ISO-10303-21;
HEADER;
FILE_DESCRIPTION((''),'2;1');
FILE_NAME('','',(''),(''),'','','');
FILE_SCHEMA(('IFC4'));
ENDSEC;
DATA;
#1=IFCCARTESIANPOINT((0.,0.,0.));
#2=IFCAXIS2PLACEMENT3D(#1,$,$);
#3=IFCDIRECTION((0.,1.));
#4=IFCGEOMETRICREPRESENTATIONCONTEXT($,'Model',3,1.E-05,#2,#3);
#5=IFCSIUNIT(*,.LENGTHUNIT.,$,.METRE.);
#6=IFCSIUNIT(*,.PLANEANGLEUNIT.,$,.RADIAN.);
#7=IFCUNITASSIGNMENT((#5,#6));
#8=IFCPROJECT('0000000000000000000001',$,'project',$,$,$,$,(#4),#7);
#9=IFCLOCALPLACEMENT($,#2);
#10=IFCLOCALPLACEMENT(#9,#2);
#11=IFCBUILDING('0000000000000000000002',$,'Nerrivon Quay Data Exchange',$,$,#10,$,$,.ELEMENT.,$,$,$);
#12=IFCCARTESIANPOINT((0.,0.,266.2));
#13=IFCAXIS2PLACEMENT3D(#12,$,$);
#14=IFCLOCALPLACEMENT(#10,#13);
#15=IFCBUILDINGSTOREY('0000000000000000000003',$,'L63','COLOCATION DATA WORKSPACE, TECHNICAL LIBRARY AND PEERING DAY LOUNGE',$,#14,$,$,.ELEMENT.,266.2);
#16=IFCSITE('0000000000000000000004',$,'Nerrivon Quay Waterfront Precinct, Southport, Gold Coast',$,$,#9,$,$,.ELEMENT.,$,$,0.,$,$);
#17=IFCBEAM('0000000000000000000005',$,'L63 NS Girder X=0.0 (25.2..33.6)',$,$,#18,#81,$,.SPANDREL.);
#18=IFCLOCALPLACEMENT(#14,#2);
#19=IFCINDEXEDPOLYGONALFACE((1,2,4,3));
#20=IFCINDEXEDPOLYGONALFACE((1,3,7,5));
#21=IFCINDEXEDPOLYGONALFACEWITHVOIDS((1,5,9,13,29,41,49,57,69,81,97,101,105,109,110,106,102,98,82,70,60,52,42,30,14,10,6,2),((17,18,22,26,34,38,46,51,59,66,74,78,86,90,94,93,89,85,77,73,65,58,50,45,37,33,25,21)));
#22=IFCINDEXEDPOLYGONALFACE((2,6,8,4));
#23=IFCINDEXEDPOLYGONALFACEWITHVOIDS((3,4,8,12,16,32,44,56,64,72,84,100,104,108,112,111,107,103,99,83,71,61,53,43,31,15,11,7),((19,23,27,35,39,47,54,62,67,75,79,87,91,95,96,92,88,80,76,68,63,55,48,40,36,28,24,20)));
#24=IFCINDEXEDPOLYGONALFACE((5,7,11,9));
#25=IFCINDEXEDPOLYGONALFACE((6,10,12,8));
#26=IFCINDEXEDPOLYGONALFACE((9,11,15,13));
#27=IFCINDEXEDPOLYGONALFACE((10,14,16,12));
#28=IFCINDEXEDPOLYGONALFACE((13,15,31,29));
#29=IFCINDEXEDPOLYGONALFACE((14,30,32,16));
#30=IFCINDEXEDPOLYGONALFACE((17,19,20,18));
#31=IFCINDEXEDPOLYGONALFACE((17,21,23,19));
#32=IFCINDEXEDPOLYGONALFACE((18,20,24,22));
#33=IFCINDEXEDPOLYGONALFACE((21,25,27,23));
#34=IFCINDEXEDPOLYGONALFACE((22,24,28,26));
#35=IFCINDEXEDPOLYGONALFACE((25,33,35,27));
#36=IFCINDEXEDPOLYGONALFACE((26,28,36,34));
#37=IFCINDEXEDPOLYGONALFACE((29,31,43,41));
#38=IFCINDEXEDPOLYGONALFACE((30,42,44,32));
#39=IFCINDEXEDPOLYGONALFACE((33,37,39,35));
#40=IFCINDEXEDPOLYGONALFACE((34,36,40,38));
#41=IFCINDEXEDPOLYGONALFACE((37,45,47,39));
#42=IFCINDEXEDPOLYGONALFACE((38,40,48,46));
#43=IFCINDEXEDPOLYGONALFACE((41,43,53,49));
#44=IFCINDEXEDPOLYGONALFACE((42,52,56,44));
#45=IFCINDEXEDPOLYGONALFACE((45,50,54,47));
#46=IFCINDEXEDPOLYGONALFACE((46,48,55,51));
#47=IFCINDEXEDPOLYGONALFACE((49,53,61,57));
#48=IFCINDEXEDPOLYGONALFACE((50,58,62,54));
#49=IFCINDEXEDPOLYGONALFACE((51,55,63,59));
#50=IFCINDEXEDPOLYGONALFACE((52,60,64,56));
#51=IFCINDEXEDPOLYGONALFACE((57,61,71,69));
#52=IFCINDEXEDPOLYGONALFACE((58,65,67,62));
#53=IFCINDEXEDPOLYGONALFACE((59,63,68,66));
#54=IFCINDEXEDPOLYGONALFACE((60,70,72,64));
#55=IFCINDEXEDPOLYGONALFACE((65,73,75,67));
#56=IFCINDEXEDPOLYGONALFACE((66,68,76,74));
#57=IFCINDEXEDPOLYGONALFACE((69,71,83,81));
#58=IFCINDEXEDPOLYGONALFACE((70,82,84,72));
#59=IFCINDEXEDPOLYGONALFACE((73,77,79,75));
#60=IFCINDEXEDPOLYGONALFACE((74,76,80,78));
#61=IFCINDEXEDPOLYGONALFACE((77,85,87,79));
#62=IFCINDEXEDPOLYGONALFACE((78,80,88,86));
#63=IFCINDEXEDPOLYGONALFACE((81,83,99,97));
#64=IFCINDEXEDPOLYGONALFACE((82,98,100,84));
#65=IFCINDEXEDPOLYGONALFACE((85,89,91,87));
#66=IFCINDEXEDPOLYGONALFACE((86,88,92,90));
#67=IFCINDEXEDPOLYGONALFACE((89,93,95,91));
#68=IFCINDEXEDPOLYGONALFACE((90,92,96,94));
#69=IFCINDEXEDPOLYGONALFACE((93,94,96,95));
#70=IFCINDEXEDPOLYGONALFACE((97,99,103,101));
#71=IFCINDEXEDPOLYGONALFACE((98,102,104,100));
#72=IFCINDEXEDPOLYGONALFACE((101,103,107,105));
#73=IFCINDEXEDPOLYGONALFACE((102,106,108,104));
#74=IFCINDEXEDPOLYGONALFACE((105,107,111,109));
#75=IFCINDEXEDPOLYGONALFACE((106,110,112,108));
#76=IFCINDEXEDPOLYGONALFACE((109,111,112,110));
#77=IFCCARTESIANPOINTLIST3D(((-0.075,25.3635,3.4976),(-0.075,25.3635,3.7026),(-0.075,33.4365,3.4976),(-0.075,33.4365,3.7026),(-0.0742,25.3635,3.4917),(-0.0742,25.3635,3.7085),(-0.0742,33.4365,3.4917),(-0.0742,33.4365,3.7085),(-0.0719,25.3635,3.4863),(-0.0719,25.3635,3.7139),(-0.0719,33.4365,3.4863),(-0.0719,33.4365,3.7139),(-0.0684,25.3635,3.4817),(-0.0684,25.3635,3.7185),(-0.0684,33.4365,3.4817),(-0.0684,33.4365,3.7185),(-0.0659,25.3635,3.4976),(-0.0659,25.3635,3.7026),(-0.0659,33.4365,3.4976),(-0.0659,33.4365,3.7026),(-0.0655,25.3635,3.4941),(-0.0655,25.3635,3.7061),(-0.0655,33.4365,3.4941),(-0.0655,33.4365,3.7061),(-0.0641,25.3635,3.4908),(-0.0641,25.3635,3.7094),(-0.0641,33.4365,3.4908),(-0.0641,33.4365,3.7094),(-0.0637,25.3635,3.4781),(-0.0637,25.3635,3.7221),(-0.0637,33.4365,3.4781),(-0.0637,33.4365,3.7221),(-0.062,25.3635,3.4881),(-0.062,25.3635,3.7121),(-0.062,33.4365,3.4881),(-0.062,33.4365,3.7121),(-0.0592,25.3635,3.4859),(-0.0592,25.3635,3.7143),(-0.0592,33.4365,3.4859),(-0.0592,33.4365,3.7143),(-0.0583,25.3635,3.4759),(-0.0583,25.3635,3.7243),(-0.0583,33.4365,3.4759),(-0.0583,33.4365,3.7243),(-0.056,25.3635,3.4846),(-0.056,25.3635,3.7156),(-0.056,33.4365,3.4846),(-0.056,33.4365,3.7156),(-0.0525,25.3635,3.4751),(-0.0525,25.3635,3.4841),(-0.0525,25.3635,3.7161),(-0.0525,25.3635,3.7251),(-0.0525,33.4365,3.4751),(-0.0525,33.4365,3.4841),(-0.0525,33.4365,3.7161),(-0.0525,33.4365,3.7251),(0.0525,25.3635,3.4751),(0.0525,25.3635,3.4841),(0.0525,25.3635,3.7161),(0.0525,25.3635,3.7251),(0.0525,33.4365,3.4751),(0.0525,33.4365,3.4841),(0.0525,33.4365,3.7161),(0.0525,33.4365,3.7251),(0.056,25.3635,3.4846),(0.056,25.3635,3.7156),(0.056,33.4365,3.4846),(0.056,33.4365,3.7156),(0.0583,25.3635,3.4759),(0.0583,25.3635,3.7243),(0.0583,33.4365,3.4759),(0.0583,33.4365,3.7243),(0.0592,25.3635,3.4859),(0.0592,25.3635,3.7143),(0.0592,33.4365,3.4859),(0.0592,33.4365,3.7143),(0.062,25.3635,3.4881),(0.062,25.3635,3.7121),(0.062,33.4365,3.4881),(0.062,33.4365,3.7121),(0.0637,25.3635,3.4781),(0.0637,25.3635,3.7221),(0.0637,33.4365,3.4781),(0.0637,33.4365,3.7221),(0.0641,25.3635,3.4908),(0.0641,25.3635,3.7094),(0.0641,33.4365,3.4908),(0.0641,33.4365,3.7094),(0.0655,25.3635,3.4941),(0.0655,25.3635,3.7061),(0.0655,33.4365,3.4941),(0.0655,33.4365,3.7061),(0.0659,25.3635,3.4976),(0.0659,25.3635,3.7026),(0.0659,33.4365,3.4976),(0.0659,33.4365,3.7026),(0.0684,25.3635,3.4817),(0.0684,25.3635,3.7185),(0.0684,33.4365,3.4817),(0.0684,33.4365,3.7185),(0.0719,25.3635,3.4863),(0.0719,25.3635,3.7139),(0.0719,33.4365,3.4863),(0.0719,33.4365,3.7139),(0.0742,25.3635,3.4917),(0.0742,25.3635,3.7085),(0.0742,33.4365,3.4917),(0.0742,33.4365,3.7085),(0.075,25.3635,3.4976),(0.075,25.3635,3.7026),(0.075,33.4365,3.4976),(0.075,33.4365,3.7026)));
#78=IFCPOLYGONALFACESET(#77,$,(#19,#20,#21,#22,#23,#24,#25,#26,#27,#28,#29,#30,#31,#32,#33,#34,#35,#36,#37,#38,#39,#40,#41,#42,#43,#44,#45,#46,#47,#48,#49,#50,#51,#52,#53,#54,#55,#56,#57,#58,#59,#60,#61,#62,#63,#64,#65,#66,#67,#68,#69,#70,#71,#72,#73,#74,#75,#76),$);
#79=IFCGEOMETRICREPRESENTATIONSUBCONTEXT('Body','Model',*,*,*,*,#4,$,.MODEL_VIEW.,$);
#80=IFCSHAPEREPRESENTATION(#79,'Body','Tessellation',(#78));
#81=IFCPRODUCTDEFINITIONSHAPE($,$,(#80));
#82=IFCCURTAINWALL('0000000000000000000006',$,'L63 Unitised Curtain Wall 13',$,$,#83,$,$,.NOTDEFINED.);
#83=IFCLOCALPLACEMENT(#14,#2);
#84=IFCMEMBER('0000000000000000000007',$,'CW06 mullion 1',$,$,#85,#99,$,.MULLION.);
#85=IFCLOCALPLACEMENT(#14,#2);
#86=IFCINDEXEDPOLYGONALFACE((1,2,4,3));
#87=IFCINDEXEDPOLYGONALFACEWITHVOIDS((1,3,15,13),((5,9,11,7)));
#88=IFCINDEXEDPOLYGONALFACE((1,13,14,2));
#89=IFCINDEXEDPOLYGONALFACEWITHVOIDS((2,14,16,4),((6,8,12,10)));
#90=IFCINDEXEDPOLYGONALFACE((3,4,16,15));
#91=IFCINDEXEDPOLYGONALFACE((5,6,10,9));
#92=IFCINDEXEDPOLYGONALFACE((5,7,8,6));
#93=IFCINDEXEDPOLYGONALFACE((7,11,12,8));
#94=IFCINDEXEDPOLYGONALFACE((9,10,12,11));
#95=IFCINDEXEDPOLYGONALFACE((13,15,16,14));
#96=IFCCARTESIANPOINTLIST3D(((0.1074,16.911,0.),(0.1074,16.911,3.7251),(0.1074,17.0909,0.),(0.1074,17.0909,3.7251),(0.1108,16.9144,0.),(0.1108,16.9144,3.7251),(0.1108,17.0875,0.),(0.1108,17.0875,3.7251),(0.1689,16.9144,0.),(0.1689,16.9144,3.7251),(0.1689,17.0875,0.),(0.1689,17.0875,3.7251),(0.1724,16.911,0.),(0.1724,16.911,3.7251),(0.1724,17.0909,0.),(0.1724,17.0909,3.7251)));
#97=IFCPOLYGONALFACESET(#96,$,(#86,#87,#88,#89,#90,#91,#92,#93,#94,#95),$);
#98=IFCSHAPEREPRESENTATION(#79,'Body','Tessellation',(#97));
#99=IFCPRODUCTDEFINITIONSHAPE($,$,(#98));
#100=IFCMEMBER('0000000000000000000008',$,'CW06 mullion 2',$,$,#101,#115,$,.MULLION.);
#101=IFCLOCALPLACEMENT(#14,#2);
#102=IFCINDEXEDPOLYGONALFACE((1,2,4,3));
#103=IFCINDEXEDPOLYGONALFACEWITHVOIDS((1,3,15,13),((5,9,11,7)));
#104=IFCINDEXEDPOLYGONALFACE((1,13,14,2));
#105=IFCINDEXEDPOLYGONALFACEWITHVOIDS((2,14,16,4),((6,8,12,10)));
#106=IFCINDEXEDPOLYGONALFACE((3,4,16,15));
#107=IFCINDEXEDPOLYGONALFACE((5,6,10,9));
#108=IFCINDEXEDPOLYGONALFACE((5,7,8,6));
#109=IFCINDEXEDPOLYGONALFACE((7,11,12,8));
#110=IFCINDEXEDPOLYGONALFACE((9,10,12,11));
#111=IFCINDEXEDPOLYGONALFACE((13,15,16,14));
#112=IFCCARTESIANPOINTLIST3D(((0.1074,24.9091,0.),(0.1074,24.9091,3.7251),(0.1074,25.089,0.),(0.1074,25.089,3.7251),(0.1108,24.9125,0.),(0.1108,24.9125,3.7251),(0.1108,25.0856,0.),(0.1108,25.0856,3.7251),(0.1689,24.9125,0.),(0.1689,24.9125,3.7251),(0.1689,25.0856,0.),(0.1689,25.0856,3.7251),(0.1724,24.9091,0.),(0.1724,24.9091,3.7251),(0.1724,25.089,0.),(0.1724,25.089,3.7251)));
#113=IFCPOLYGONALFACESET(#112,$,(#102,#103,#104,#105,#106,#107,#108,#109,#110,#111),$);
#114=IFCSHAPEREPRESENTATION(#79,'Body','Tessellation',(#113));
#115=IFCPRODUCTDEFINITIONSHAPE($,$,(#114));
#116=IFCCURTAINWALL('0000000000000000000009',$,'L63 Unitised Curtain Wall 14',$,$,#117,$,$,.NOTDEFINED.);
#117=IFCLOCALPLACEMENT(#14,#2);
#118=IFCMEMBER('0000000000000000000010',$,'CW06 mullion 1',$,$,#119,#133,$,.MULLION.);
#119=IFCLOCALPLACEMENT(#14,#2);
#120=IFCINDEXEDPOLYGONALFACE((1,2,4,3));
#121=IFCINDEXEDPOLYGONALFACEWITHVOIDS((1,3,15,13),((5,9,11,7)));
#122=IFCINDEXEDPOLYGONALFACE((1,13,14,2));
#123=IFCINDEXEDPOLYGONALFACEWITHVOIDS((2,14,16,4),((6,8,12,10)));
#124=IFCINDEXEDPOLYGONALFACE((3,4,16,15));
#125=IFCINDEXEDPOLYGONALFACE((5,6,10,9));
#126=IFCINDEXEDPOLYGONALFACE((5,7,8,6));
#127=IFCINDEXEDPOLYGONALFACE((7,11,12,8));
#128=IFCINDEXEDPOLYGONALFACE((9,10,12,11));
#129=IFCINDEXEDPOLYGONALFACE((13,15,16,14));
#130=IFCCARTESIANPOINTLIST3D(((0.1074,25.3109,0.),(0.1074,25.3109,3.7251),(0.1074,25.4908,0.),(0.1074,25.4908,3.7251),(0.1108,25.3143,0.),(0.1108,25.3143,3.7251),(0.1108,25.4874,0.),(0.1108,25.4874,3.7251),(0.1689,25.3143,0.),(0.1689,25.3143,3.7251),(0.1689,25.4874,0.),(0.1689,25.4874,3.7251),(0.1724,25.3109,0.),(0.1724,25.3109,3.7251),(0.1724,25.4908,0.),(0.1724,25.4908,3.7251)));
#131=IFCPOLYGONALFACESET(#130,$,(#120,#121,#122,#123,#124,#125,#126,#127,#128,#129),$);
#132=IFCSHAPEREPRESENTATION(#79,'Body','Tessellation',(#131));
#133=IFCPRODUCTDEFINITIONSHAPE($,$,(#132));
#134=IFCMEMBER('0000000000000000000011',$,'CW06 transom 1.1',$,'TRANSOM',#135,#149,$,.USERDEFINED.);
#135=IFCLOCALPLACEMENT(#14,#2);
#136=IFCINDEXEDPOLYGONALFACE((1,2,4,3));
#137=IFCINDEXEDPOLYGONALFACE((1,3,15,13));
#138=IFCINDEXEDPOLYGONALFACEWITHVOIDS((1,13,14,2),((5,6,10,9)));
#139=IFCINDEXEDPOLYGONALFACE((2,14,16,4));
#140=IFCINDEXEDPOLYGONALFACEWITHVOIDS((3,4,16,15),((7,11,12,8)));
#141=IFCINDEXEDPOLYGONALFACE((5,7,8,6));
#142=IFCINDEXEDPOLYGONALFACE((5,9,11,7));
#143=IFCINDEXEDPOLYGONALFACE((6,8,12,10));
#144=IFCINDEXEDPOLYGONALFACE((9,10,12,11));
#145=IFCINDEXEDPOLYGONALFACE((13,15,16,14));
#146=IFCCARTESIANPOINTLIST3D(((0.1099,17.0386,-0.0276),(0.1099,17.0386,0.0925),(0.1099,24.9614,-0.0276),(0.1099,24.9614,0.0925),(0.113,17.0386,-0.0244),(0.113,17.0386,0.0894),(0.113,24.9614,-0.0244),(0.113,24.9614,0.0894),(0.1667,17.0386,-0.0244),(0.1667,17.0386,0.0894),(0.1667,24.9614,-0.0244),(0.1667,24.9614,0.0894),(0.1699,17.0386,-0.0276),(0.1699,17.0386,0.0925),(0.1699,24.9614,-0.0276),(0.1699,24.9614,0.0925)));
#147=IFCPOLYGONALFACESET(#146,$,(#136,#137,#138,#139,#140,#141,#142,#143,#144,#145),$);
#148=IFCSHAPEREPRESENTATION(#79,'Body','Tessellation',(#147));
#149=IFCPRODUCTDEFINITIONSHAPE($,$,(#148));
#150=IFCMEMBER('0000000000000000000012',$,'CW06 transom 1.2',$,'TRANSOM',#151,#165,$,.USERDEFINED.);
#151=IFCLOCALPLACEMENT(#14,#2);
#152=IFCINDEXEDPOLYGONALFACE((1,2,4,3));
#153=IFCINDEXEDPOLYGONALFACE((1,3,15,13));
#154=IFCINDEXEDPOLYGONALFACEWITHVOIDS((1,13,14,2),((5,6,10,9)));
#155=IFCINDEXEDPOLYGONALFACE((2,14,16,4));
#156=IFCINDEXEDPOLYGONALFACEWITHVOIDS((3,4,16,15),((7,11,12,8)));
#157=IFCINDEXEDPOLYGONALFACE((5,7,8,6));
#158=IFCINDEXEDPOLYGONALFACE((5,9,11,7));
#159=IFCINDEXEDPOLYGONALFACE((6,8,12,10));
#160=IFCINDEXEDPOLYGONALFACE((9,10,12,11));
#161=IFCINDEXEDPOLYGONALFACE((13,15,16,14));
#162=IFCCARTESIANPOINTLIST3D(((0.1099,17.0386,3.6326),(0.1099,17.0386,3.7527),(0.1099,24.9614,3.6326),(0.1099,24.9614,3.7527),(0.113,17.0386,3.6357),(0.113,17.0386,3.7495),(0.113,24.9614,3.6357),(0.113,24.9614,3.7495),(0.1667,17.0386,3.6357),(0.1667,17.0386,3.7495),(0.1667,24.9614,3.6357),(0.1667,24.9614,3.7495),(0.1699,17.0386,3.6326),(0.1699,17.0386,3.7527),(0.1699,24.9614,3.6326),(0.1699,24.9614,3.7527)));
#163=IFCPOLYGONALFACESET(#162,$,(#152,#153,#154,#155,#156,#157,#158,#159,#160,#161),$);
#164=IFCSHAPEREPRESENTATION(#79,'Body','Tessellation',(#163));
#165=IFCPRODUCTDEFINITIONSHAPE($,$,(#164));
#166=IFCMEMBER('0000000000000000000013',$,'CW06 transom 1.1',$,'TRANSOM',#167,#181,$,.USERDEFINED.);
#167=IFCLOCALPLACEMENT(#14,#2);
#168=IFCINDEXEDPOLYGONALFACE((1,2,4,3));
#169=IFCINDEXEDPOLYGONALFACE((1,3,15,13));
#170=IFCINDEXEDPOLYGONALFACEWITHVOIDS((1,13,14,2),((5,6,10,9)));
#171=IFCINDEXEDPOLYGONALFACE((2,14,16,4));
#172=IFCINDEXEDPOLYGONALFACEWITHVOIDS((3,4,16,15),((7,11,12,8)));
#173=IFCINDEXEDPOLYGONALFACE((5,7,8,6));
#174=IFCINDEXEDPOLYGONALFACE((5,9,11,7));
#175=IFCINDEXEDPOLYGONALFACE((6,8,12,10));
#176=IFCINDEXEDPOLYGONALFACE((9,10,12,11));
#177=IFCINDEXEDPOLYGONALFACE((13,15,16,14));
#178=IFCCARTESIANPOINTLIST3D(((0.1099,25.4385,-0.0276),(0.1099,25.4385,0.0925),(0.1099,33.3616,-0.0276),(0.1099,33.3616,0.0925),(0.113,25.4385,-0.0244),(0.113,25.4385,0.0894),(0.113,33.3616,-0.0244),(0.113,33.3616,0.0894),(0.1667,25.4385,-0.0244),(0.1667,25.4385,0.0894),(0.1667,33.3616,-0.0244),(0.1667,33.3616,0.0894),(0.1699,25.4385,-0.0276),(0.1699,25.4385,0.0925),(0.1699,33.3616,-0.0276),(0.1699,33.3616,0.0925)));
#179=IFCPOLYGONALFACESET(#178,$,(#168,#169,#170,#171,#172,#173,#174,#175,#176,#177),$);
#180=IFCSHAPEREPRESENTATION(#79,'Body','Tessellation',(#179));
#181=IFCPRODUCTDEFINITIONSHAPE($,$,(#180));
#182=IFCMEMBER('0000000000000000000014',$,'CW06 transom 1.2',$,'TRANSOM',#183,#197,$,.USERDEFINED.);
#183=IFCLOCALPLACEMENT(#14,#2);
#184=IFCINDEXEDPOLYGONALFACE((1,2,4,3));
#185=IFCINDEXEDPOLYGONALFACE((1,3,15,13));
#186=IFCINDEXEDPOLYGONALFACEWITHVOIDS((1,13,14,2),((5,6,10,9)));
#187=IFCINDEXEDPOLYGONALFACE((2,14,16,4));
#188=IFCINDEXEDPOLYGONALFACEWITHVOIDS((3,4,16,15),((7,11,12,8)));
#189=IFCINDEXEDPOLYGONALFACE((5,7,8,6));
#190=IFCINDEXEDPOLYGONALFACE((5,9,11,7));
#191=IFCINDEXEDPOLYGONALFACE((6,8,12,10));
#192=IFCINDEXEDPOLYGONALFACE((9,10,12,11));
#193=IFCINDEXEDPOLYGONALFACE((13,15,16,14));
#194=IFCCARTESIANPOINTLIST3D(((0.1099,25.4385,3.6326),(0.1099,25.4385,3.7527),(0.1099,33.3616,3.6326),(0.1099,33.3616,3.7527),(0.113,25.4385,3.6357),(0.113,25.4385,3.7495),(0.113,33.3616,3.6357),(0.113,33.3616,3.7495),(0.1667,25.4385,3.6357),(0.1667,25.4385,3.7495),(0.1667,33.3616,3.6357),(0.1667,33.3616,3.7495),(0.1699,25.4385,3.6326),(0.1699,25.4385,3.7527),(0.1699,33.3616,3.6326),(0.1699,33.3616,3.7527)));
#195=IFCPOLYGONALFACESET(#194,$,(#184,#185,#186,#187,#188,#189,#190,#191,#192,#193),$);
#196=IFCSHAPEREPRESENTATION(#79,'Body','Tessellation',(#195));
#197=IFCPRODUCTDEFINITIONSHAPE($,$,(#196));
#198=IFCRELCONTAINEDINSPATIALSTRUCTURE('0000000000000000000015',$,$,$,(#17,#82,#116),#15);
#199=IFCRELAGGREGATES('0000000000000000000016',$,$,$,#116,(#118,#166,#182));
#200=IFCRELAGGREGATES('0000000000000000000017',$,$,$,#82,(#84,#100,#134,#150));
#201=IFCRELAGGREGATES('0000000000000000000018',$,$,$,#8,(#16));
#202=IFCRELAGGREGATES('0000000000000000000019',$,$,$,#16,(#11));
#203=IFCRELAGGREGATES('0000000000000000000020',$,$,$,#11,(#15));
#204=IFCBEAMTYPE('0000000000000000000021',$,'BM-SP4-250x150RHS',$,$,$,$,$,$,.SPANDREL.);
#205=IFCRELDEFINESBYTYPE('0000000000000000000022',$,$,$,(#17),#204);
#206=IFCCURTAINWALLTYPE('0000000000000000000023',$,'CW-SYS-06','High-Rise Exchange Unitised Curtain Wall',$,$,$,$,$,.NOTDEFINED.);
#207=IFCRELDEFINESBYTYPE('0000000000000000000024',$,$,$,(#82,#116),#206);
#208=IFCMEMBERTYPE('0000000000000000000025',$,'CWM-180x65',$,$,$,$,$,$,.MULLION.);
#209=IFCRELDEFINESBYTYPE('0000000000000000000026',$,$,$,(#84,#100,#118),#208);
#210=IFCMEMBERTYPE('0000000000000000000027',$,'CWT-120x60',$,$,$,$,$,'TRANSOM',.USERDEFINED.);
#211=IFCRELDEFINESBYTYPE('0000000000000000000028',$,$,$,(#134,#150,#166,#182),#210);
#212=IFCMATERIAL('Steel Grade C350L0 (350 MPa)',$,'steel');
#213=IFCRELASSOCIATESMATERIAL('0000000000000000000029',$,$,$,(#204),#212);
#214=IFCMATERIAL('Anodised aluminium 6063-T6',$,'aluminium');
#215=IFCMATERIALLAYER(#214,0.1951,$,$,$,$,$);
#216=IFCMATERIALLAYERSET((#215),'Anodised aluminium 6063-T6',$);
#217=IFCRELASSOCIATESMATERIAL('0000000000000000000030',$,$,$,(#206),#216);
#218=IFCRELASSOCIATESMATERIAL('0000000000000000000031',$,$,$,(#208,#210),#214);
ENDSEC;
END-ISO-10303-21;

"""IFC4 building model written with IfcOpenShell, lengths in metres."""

from ifc_helpers import new_model, si_unit, direction, frame, origin, origin_2d, place, context, subcontext, project, spatial, hollow_rectangle, extrude, material, layer, layer_set, material_profile, profile_set, type_object, element, aggregate, save


model = new_model("IFC4")

# Units and contexts
model_context = context("Model", 3, precision=1e-05, world=origin(), true_north=direction((0.0, 1.0)))
body_context = subcontext(model_context, "Body", "Model", "MODEL_VIEW")
ifc_project = project(units=[si_unit("LENGTHUNIT", "METRE"), si_unit("PLANEANGLEUNIT", "RADIAN")], contexts=[model_context])

# Site, building, storey
site_placement = place(None, origin())
site = spatial("IfcSite", under=ifc_project, at=site_placement, Name="Nerrivon Quay Waterfront Precinct, Southport, Gold Coast", CompositionType="ELEMENT", RefElevation=0.0)
building_placement = place(site_placement, origin())
building = spatial("IfcBuilding", under=site, at=building_placement, Name="Nerrivon Quay Data Exchange", CompositionType="ELEMENT")
storey_placement = place(building_placement, frame((0.0, 0.0, 266.2)))
storey = spatial("IfcBuildingStorey", under=building, at=storey_placement, Name="L63", Description="COLOCATION DATA WORKSPACE, TECHNICAL LIBRARY AND PEERING DAY LOUNGE", CompositionType="ELEMENT", Elevation=266.2)

# Beam
ifc_material_1 = material(Name="Steel Grade C350L0 (350 MPa)", Category="steel")
ifc_material_profile_1 = material_profile(ifc_material_1, hollow_rectangle(XDim=0.1499, YDim=0.25, WallThickness=0.009, InnerFilletRadius=0.0134, OuterFilletRadius=0.0225, at=origin_2d()), Name="250x150x9.0RHS")
ifc_profile_set_1 = profile_set([ifc_material_profile_1], Name="Steel Grade C350L0 (350 MPa)")
beam_type_1 = type_object("IfcBeamType", Name="BM-SP4-250x150RHS", PredefinedType="SPANDREL", material=ifc_profile_set_1)
beam_1_placement = place(storey_placement, frame((0.0, 25.3635, 3.6001), z_axis=(0.0, 1.0, 0.0), x_axis=(-1.0, 0.0, 0.0)))
element("IfcBeam", 1, at=beam_1_placement, inside=storey, type_object=beam_type_1, Name="L63 NS Girder X=0.0 (25.2..33.6)", PredefinedType="SPANDREL", context=body_context, shape_type="SweptSolid", body=[
    extrude(hollow_rectangle(XDim=0.1499, YDim=0.25, WallThickness=0.009, InnerFilletRadius=0.0134, OuterFilletRadius=0.0225, at=origin_2d()), origin(), (0.0, 0.0, 1.0), 8.073),
])

# Curtain wall, members
ifc_material_2 = material(Name="Anodised aluminium 6063-T6", Category="aluminium")
ifc_layer_1 = layer(ifc_material_2, 0.1951)
ifc_layer_set_1 = layer_set([ifc_layer_1], Name="Anodised aluminium 6063-T6")
curtain_wall_type = type_object("IfcCurtainWallType", Name="CW-SYS-06", Description="High-Rise Exchange Unitised Curtain Wall", PredefinedType="NOTDEFINED", material=ifc_layer_set_1)
curtain_wall_1_placement = place(storey_placement, origin())
curtain_wall_1 = element("IfcCurtainWall", 2, at=curtain_wall_1_placement, inside=storey, type_object=curtain_wall_type, Name="L63 Unitised Curtain Wall 13", PredefinedType="NOTDEFINED")
ifc_material_profile_2 = material_profile(ifc_material_2, hollow_rectangle(XDim=0.0649, YDim=0.1799, WallThickness=0.0034, at=origin_2d()), Name="ALU-MULL-180x65")
ifc_profile_set_2 = profile_set([ifc_material_profile_2], Name="Anodised aluminium 6063-T6")
member_type_1 = type_object("IfcMemberType", Name="CWM-180x65", PredefinedType="MULLION", material=ifc_profile_set_2)
member_1_placement = place(storey_placement, frame((0.1399, 17.001, 0.0), z_axis=(0.0, 0.0, 1.0), x_axis=(-1.0, 0.0, 0.0)))
member_1 = element("IfcMember", 3, at=member_1_placement, type_object=member_type_1, Name="CW06 mullion 1", PredefinedType="MULLION", context=body_context, shape_type="SweptSolid", body=[
    extrude(hollow_rectangle(XDim=0.0649, YDim=0.1799, WallThickness=0.0034, at=origin_2d()), origin(), (0.0, 0.0, 1.0), 3.7251),
])
member_2_placement = place(storey_placement, frame((0.1399, 24.999, 0.0), z_axis=(0.0, 0.0, 1.0), x_axis=(-1.0, 0.0, 0.0)))
member_2 = element("IfcMember", 4, at=member_2_placement, type_object=member_type_1, Name="CW06 mullion 2", PredefinedType="MULLION", context=body_context, shape_type="SweptSolid", body=[
    extrude(hollow_rectangle(XDim=0.0649, YDim=0.1799, WallThickness=0.0034, at=origin_2d()), origin(), (0.0, 0.0, 1.0), 3.7251),
])

# Curtain wall, member
curtain_wall_2_placement = place(storey_placement, origin())
curtain_wall_2 = element("IfcCurtainWall", 5, at=curtain_wall_2_placement, inside=storey, type_object=curtain_wall_type, Name="L63 Unitised Curtain Wall 14", PredefinedType="NOTDEFINED")
member_3_placement = place(storey_placement, frame((0.1399, 25.4009, 0.0), z_axis=(0.0, 0.0, 1.0), x_axis=(-1.0, 0.0, 0.0)))
member_3 = element("IfcMember", 6, at=member_3_placement, type_object=member_type_1, Name="CW06 mullion 1", PredefinedType="MULLION", context=body_context, shape_type="SweptSolid", body=[
    extrude(hollow_rectangle(XDim=0.0649, YDim=0.1799, WallThickness=0.0034, at=origin_2d()), origin(), (0.0, 0.0, 1.0), 3.7251),
])

# Members
ifc_material_profile_3 = material_profile(ifc_material_2, hollow_rectangle(XDim=0.0601, YDim=0.1201, WallThickness=0.0032, at=origin_2d()), Name="ALU-TRAN-120x60")
ifc_profile_set_3 = profile_set([ifc_material_profile_3], Name="Anodised aluminium 6063-T6")
member_type_2 = type_object("IfcMemberType", Name="CWT-120x60", ElementType="TRANSOM", PredefinedType="USERDEFINED", material=ifc_profile_set_3)
member_4_placement = place(storey_placement, frame((0.1399, 17.0386, 0.0325), z_axis=(0.0, 1.0, 0.0), x_axis=(-1.0, 0.0, 0.0)))
member_4 = element("IfcMember", 7, at=member_4_placement, type_object=member_type_2, Name="CW06 transom 1.1", ObjectType="TRANSOM", PredefinedType="USERDEFINED", context=body_context, shape_type="SweptSolid", body=[
    extrude(hollow_rectangle(XDim=0.0601, YDim=0.1201, WallThickness=0.0032, at=origin_2d()), origin(), (0.0, 0.0, 1.0), 7.9229),
])
member_5_placement = place(storey_placement, frame((0.1399, 17.0386, 3.6926), z_axis=(0.0, 1.0, 0.0), x_axis=(-1.0, 0.0, 0.0)))
member_5 = element("IfcMember", 8, at=member_5_placement, type_object=member_type_2, Name="CW06 transom 1.2", ObjectType="TRANSOM", PredefinedType="USERDEFINED", context=body_context, shape_type="SweptSolid", body=[
    extrude(hollow_rectangle(XDim=0.0601, YDim=0.1201, WallThickness=0.0032, at=origin_2d()), origin(), (0.0, 0.0, 1.0), 7.9229),
])
member_6_placement = place(storey_placement, frame((0.1399, 25.4385, 0.0325), z_axis=(0.0, 1.0, 0.0), x_axis=(-1.0, 0.0, 0.0)))
member_6 = element("IfcMember", 9, at=member_6_placement, type_object=member_type_2, Name="CW06 transom 1.1", ObjectType="TRANSOM", PredefinedType="USERDEFINED", context=body_context, shape_type="SweptSolid", body=[
    extrude(hollow_rectangle(XDim=0.0601, YDim=0.1201, WallThickness=0.0032, at=origin_2d()), origin(), (0.0, 0.0, 1.0), 7.9231),
])
member_7_placement = place(storey_placement, frame((0.1399, 25.4385, 3.6926), z_axis=(0.0, 1.0, 0.0), x_axis=(-1.0, 0.0, 0.0)))
member_7 = element("IfcMember", 10, at=member_7_placement, type_object=member_type_2, Name="CW06 transom 1.2", ObjectType="TRANSOM", PredefinedType="USERDEFINED", context=body_context, shape_type="SweptSolid", body=[
    extrude(hollow_rectangle(XDim=0.0601, YDim=0.1201, WallThickness=0.0032, at=origin_2d()), origin(), (0.0, 0.0, 1.0), 7.9231),
])
aggregate(curtain_wall_2, [member_3, member_6, member_7])

aggregate(curtain_wall_1, [member_1, member_2, member_4, member_5])

save(model, "model.ifc")
